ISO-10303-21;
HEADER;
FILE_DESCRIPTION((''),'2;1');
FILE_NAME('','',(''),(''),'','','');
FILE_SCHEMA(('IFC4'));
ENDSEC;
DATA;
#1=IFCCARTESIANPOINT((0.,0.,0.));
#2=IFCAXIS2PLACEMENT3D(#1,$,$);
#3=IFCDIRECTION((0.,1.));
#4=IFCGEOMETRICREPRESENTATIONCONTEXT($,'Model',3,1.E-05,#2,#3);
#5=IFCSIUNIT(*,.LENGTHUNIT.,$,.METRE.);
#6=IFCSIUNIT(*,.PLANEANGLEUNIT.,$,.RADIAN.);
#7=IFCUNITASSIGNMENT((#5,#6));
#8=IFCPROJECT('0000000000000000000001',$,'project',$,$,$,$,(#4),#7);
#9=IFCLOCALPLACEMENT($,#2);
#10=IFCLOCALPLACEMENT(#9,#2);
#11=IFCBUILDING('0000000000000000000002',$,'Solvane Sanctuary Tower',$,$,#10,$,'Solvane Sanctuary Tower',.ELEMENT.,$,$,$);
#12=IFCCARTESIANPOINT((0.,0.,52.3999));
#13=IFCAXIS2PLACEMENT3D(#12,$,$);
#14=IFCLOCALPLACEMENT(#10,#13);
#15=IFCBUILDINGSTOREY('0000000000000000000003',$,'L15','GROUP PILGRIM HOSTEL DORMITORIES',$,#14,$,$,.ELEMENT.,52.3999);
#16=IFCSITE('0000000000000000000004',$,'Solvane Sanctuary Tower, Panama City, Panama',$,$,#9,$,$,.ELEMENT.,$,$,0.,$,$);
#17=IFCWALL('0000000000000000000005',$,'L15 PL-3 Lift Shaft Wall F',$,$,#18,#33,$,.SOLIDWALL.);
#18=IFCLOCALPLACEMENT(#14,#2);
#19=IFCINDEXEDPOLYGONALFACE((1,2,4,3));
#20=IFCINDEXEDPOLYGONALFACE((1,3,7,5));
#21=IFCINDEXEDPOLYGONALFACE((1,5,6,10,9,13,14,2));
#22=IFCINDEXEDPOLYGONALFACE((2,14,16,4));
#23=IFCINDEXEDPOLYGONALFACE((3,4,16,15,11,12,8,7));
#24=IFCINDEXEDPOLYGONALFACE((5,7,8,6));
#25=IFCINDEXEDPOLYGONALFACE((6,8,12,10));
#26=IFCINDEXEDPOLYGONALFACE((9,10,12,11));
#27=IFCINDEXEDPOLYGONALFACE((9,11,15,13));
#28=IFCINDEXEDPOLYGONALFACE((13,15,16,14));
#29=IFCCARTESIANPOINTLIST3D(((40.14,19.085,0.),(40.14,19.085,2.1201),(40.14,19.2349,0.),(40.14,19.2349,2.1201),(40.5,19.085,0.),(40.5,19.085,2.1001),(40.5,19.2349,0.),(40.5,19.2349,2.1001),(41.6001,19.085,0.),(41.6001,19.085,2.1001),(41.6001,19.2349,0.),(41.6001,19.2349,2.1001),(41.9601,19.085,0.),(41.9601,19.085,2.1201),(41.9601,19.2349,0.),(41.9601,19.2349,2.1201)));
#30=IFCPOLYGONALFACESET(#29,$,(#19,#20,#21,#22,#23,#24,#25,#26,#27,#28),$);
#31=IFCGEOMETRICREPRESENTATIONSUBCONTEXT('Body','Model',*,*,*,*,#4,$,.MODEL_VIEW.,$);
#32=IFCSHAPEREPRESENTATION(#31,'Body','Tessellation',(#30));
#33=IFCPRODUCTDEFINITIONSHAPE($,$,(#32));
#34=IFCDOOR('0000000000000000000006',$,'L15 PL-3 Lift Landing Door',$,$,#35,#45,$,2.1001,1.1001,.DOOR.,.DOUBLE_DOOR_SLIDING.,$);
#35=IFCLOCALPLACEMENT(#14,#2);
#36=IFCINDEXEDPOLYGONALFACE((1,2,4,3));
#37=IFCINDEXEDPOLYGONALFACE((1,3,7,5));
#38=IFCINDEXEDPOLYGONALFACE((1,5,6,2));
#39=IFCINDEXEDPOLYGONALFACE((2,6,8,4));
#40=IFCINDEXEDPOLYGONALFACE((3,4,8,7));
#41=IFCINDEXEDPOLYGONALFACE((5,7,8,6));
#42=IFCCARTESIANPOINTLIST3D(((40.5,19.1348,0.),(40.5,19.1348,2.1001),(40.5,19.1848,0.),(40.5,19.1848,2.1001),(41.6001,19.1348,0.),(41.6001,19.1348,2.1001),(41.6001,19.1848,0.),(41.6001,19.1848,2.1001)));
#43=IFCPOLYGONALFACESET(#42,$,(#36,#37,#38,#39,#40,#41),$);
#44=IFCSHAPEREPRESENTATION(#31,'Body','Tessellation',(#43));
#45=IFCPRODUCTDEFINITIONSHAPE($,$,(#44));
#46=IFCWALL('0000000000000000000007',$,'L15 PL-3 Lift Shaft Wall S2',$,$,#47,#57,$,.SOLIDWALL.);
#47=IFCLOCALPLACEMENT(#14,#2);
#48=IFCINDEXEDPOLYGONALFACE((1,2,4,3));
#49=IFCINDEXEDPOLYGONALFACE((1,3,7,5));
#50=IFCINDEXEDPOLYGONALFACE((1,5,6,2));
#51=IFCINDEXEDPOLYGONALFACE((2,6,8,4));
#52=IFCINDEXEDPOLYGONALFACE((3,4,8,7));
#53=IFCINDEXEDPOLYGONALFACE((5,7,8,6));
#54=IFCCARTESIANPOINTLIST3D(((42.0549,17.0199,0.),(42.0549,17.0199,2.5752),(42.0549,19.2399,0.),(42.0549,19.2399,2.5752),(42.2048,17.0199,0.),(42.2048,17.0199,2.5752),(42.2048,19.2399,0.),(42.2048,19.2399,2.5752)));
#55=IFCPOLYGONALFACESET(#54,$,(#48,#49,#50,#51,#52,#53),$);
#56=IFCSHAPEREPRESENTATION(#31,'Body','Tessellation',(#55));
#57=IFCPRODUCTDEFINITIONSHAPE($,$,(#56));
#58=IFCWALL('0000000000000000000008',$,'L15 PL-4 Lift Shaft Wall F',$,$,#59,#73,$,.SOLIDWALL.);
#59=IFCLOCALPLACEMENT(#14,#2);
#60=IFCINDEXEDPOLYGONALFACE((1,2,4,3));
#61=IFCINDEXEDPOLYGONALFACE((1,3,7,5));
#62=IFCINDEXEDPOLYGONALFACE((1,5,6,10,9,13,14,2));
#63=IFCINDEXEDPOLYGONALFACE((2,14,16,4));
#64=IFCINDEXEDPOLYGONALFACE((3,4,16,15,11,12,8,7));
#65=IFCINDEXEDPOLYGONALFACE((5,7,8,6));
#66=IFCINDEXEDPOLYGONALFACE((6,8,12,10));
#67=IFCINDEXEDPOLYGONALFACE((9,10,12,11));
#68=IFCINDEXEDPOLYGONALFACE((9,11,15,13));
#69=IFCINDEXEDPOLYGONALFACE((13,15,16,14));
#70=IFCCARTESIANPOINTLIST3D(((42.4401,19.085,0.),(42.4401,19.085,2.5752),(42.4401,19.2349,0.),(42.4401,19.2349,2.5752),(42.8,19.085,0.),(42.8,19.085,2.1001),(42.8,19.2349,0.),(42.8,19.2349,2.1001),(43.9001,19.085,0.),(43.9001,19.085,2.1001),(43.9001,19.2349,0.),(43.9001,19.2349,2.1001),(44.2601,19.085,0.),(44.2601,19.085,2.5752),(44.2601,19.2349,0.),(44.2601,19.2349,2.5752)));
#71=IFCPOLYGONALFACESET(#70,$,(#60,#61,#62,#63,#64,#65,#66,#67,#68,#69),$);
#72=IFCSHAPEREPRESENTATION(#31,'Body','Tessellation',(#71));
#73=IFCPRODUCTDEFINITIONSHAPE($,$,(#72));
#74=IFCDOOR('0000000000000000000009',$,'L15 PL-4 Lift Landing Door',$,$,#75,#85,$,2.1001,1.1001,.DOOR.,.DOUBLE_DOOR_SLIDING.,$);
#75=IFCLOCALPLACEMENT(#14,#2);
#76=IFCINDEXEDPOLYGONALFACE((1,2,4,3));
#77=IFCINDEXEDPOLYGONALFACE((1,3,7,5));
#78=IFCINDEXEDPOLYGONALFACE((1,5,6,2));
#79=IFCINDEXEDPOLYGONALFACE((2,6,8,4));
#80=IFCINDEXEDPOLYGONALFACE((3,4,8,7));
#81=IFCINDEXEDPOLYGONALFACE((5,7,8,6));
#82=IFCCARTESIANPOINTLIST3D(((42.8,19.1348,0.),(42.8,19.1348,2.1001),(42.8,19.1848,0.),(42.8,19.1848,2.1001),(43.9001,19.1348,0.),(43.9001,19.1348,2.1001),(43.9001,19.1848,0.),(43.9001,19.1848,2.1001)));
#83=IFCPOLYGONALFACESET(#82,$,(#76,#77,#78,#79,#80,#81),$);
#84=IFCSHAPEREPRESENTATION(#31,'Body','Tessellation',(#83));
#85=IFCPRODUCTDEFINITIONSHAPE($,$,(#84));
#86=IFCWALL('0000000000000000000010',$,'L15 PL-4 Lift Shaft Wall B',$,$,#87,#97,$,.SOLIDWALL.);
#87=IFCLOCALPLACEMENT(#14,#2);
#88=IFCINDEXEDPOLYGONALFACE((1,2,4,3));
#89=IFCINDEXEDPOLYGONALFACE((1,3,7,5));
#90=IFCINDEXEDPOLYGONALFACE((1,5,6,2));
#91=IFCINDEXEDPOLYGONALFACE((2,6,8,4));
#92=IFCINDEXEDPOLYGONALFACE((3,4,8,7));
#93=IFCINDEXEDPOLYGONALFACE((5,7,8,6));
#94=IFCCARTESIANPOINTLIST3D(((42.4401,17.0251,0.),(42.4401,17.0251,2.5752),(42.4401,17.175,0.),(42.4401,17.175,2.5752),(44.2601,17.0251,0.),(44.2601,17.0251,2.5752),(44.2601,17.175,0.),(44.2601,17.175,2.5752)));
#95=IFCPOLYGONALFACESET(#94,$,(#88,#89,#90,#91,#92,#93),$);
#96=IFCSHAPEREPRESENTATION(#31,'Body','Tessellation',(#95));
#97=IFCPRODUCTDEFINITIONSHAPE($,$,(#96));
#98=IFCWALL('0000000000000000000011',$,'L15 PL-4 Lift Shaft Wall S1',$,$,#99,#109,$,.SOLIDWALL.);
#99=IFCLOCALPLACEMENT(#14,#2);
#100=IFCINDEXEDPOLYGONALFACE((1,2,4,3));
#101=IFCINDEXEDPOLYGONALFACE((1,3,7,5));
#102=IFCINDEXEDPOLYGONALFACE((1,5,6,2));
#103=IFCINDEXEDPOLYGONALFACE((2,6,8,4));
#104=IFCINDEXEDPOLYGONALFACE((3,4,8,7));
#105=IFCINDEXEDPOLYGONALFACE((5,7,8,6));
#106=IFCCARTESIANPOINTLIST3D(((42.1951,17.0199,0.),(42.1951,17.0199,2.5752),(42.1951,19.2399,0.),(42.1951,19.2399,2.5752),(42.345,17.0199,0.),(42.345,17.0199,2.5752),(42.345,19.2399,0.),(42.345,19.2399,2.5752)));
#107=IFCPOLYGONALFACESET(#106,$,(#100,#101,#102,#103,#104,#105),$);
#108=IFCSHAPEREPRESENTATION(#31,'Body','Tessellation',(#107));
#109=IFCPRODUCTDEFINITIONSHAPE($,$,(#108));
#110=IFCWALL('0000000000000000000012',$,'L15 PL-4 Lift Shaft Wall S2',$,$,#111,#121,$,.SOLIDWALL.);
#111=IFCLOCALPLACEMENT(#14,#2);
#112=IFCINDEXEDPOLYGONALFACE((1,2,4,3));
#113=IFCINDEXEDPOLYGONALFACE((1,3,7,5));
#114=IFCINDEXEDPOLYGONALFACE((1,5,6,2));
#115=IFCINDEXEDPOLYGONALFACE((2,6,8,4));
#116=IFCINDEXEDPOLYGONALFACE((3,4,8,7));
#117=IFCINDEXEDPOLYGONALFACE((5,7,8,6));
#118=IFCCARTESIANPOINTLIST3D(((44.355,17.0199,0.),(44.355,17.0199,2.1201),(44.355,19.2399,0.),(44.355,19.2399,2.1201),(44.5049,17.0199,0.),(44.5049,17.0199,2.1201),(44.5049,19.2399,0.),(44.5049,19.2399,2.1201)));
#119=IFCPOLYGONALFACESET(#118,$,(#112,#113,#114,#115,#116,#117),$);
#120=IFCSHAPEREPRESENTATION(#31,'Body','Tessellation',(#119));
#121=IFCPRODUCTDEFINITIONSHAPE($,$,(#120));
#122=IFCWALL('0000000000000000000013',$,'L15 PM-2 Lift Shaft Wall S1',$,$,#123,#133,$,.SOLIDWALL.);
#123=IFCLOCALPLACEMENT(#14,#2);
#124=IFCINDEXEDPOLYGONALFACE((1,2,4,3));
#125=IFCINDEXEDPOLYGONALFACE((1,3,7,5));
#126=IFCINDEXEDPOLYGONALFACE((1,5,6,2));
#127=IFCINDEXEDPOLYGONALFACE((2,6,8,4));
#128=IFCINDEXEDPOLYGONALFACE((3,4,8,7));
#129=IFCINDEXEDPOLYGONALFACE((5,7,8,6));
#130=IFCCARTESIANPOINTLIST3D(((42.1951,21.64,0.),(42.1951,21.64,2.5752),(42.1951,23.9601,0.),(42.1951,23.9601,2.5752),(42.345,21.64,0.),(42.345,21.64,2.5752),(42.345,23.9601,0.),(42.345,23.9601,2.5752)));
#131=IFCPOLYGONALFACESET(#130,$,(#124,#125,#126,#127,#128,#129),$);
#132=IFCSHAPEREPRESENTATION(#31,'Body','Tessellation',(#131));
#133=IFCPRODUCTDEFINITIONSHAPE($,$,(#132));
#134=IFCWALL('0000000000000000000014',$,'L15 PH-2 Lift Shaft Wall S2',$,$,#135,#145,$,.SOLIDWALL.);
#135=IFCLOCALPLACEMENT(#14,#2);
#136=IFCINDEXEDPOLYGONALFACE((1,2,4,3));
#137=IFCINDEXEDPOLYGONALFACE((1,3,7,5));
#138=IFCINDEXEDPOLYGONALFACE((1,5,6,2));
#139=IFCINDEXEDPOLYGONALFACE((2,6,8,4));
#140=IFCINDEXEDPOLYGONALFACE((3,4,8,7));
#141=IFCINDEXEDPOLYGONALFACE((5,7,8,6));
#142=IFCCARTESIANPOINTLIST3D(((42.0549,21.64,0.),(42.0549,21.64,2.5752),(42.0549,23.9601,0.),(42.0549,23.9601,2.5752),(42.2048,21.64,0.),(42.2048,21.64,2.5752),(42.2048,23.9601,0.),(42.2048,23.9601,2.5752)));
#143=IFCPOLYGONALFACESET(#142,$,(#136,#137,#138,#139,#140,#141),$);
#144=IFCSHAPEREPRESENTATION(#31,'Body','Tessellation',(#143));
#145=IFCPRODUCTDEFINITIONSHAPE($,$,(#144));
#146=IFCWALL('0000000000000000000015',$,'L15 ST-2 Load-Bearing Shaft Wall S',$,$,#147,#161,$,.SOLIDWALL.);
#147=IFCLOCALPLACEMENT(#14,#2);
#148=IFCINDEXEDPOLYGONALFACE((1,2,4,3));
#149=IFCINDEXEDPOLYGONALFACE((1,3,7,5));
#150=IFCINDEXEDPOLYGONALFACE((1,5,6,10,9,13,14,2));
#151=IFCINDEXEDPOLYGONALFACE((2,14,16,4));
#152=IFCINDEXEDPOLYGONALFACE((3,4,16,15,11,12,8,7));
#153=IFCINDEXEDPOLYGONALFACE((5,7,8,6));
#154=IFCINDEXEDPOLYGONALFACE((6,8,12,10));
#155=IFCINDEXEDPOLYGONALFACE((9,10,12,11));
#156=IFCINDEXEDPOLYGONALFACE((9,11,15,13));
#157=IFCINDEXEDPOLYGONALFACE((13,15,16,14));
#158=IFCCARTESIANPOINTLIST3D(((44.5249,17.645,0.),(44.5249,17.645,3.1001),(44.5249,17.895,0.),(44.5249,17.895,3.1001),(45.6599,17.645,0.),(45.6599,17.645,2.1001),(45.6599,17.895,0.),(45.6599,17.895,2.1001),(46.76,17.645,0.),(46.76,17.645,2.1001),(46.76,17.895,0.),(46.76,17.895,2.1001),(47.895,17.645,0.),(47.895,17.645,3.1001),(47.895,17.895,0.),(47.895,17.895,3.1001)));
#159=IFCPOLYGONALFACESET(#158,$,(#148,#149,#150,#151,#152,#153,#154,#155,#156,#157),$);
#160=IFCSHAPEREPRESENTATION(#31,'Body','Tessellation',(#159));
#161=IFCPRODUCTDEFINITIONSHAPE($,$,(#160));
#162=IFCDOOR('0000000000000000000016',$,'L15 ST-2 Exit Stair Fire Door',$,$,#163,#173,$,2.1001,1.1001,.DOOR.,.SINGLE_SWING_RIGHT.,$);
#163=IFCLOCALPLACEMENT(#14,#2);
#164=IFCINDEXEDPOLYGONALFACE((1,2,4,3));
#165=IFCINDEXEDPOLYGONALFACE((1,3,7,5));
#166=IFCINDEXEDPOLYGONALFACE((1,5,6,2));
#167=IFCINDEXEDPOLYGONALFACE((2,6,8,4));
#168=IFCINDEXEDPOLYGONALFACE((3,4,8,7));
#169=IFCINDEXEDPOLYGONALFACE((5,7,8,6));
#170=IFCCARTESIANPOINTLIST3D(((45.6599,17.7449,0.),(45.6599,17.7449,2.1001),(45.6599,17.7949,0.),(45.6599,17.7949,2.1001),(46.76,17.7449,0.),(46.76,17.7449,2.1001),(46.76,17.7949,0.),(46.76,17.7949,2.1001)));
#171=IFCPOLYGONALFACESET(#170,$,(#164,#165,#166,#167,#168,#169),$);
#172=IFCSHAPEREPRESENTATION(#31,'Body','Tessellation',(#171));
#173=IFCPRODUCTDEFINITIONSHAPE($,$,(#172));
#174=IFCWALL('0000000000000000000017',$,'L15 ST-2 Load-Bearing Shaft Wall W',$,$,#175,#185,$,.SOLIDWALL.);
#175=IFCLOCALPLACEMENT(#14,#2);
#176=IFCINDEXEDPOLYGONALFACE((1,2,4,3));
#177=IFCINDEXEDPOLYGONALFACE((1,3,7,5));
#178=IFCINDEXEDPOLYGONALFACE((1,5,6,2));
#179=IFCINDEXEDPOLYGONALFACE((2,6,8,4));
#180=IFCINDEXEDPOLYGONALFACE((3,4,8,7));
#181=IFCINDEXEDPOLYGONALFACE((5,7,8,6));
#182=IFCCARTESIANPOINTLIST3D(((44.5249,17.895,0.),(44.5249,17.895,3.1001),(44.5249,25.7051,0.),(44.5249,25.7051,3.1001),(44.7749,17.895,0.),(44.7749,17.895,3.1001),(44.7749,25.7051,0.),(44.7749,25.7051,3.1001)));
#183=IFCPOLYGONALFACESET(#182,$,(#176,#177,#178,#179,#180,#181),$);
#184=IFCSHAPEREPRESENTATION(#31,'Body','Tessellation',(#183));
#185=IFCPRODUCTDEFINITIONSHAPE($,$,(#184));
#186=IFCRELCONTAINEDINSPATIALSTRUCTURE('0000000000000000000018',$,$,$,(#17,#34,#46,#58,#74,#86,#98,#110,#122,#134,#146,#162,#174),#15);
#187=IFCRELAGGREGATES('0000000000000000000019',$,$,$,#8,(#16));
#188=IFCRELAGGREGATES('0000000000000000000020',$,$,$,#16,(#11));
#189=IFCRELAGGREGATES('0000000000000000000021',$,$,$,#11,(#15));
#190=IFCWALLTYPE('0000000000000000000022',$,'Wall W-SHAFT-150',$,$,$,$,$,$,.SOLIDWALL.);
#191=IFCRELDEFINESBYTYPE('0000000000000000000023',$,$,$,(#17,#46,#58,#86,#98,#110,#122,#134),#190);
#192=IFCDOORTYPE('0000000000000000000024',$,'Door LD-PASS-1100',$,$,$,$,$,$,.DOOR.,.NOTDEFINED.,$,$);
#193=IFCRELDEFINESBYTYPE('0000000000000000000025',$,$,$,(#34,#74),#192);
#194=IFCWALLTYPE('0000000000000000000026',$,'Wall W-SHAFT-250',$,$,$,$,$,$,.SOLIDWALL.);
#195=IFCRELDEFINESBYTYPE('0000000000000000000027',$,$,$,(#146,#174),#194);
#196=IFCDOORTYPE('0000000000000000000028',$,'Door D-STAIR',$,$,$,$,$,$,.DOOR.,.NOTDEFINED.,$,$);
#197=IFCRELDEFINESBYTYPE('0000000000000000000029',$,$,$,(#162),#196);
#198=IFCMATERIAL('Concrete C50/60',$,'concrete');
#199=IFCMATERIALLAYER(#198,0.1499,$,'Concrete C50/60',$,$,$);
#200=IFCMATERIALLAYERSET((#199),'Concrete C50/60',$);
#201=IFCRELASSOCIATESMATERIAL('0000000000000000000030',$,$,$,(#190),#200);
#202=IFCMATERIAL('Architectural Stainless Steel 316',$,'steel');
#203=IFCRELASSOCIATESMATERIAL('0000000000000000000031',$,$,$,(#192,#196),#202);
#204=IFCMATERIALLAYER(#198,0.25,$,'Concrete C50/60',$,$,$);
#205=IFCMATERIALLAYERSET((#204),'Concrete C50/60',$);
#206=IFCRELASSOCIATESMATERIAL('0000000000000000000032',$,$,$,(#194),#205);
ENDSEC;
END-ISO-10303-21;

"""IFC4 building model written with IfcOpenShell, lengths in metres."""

from ifc_helpers import new_model, si_unit, direction, frame, frame_2d, origin, place, context, subcontext, project, spatial, rectangle, extrude, material, layer, layer_set, type_object, element, fill, save


model = new_model("IFC4")

# Units and contexts
model_context = context("Model", 3, precision=1e-05, world=origin(), true_north=direction((0.0, 1.0)))
body_context = subcontext(model_context, "Body", "Model", "MODEL_VIEW")
ifc_project = project(units=[si_unit("LENGTHUNIT", "METRE"), si_unit("PLANEANGLEUNIT", "RADIAN")], contexts=[model_context])

# Site, building, storey
site_placement = place(None, origin())
site = spatial("IfcSite", under=ifc_project, at=site_placement, Name="Solvane Sanctuary Tower, Panama City, Panama", CompositionType="ELEMENT", RefElevation=0.0)
building_placement = place(site_placement, origin())
building = spatial("IfcBuilding", under=site, at=building_placement, Name="Solvane Sanctuary Tower", LongName="Solvane Sanctuary Tower", CompositionType="ELEMENT")
storey_placement = place(building_placement, frame((0.0, 0.0, 52.3999)))
storey = spatial("IfcBuildingStorey", under=building, at=storey_placement, Name="L15", Description="GROUP PILGRIM HOSTEL DORMITORIES", CompositionType="ELEMENT", Elevation=52.3999)

# Wall, opening, door
ifc_material_1 = material(Name="Concrete C50/60", Category="concrete")
ifc_layer_1 = layer(ifc_material_1, 0.1499, Name="Concrete C50/60")
ifc_layer_set_1 = layer_set([ifc_layer_1], Name="Concrete C50/60")
wall_type_1 = type_object("IfcWallType", Name="Wall W-SHAFT-150", PredefinedType="SOLIDWALL", material=ifc_layer_set_1)
wall_1_placement = place(storey_placement, frame((40.1399, 19.1599, 0.0), z_axis=(0.0, 0.0, 1.0), x_axis=(1.0, 0.0, 0.0)))
wall_1 = element("IfcWall", 1, at=wall_1_placement, inside=storey, type_object=wall_type_1, Name="L15 PL-3 Lift Shaft Wall F", PredefinedType="SOLIDWALL", context=body_context, shape_type="SweptSolid", body=[
    extrude(rectangle(XDim=1.8201, YDim=0.1499, at=frame_2d((0.9102, 0.0))), origin(), (0.0, 0.0, 1.0), 2.1201),
])
opening_1_placement = place(wall_1_placement, frame((0.3601, 0.0, 0.0)))
opening_1 = element("IfcOpeningElement", 2, at=opening_1_placement, cuts=wall_1, PredefinedType="OPENING", context=body_context, shape_type="SweptSolid", body=[
    extrude(rectangle(XDim=1.1001, YDim=2.1001, at=frame_2d((0.55, 1.05))), frame((0.0, 0.085, 0.0), z_axis=(0.0, -1.0, 0.0), x_axis=(1.0, 0.0, 0.0)), (0.0, 0.0, 1.0), 0.1699),
])
ifc_material_2 = material(Name="Architectural Stainless Steel 316", Category="steel")
door_type_1 = type_object("IfcDoorType", Name="Door LD-PASS-1100", OperationType="NOTDEFINED", PredefinedType="DOOR", material=ifc_material_2)
door_1_placement = place(opening_1_placement, origin())
door_1 = element("IfcDoor", 3, at=door_1_placement, inside=storey, type_object=door_type_1, Name="L15 PL-3 Lift Landing Door", OperationType="DOUBLE_DOOR_SLIDING", OverallHeight=2.1001, OverallWidth=1.1001, PredefinedType="DOOR", context=body_context, shape_type="SweptSolid", body=[
    extrude(rectangle(XDim=1.1001, YDim=2.1001, at=frame_2d((0.55, 1.05))), frame((0.0, 0.0249, 0.0), z_axis=(0.0, -1.0, 0.0), x_axis=(1.0, 0.0, 0.0)), (0.0, 0.0, 1.0), 0.05),
])
fill(opening_1, door_1)

# Wall
wall_2_placement = place(storey_placement, frame((42.1299, 17.02, 0.0), z_axis=(0.0, 0.0, 1.0), x_axis=(0.0, 1.0, 0.0)))
element("IfcWall", 4, at=wall_2_placement, inside=storey, type_object=wall_type_1, Name="L15 PL-3 Lift Shaft Wall S2", PredefinedType="SOLIDWALL", context=body_context, shape_type="SweptSolid", body=[
    extrude(rectangle(XDim=2.22, YDim=0.1499, at=frame_2d((1.1099, 0.0))), origin(), (0.0, 0.0, 1.0), 2.5752),
])

# Wall, opening, door
wall_3_placement = place(storey_placement, frame((42.4399, 19.1599, 0.0), z_axis=(0.0, 0.0, 1.0), x_axis=(1.0, 0.0, 0.0)))
wall_3 = element("IfcWall", 5, at=wall_3_placement, inside=storey, type_object=wall_type_1, Name="L15 PL-4 Lift Shaft Wall F", PredefinedType="SOLIDWALL", context=body_context, shape_type="SweptSolid", body=[
    extrude(rectangle(XDim=1.8201, YDim=0.1499, at=frame_2d((0.9102, 0.0))), origin(), (0.0, 0.0, 1.0), 2.5752),
])
opening_2_placement = place(wall_3_placement, frame((0.3601, 0.0, 0.0)))
opening_2 = element("IfcOpeningElement", 6, at=opening_2_placement, cuts=wall_3, PredefinedType="OPENING", context=body_context, shape_type="SweptSolid", body=[
    extrude(rectangle(XDim=1.1001, YDim=2.1001, at=frame_2d((0.55, 1.05))), frame((0.0, 0.085, 0.0), z_axis=(0.0, -1.0, 0.0), x_axis=(1.0, 0.0, 0.0)), (0.0, 0.0, 1.0), 0.1699),
])
door_2_placement = place(opening_2_placement, origin())
door_2 = element("IfcDoor", 7, at=door_2_placement, inside=storey, type_object=door_type_1, Name="L15 PL-4 Lift Landing Door", OperationType="DOUBLE_DOOR_SLIDING", OverallHeight=2.1001, OverallWidth=1.1001, PredefinedType="DOOR", context=body_context, shape_type="SweptSolid", body=[
    extrude(rectangle(XDim=1.1001, YDim=2.1001, at=frame_2d((0.55, 1.05))), frame((0.0, 0.0249, 0.0), z_axis=(0.0, -1.0, 0.0), x_axis=(1.0, 0.0, 0.0)), (0.0, 0.0, 1.0), 0.05),
])
fill(opening_2, door_2)

# Walls
wall_4_placement = place(storey_placement, frame((42.4399, 17.1001, 0.0), z_axis=(0.0, 0.0, 1.0), x_axis=(1.0, 0.0, 0.0)))
element("IfcWall", 8, at=wall_4_placement, inside=storey, type_object=wall_type_1, Name="L15 PL-4 Lift Shaft Wall B", PredefinedType="SOLIDWALL", context=body_context, shape_type="SweptSolid", body=[
    extrude(rectangle(XDim=1.8201, YDim=0.1499, at=frame_2d((0.9102, 0.0))), origin(), (0.0, 0.0, 1.0), 2.5752),
])
wall_5_placement = place(storey_placement, frame((42.27, 17.02, 0.0), z_axis=(0.0, 0.0, 1.0), x_axis=(0.0, 1.0, 0.0)))
element("IfcWall", 9, at=wall_5_placement, inside=storey, type_object=wall_type_1, Name="L15 PL-4 Lift Shaft Wall S1", PredefinedType="SOLIDWALL", context=body_context, shape_type="SweptSolid", body=[
    extrude(rectangle(XDim=2.22, YDim=0.1499, at=frame_2d((1.1099, 0.0))), origin(), (0.0, 0.0, 1.0), 2.5752),
])
wall_6_placement = place(storey_placement, frame((44.4299, 17.02, 0.0), z_axis=(0.0, 0.0, 1.0), x_axis=(0.0, 1.0, 0.0)))
element("IfcWall", 10, at=wall_6_placement, inside=storey, type_object=wall_type_1, Name="L15 PL-4 Lift Shaft Wall S2", PredefinedType="SOLIDWALL", context=body_context, shape_type="SweptSolid", body=[
    extrude(rectangle(XDim=2.22, YDim=0.1499, at=frame_2d((1.1099, 0.0))), origin(), (0.0, 0.0, 1.0), 2.1201),
])
for number, where, z_axis, x_axis, name in (
    (11, (42.27, 21.6399, 0.0), (0.0, 0.0, 1.0), (0.0, 1.0, 0.0), "L15 PM-2 Lift Shaft Wall S1"),
    (12, (42.1299, 21.6399, 0.0), (0.0, 0.0, 1.0), (0.0, 1.0, 0.0), "L15 PH-2 Lift Shaft Wall S2"),
):
    element("IfcWall", number, at=place(storey_placement, frame(where, z_axis=z_axis, x_axis=x_axis)), inside=storey, type_object=wall_type_1, Name=name, PredefinedType="SOLIDWALL", context=body_context, shape_type="SweptSolid", body=[
        extrude(rectangle(XDim=2.3201, YDim=0.1499, at=frame_2d((1.1602, 0.0))), origin(), (0.0, 0.0, 1.0), 2.5752),
    ])

# Wall, opening, door
ifc_layer_2 = layer(ifc_material_1, 0.25, Name="Concrete C50/60")
ifc_layer_set_2 = layer_set([ifc_layer_2], Name="Concrete C50/60")
wall_type_2 = type_object("IfcWallType", Name="Wall W-SHAFT-250", PredefinedType="SOLIDWALL", material=ifc_layer_set_2)
wall_7_placement = place(storey_placement, frame((44.5249, 17.77, 0.0), z_axis=(0.0, 0.0, 1.0), x_axis=(1.0, 0.0, 0.0)))
wall_7 = element("IfcWall", 13, at=wall_7_placement, inside=storey, type_object=wall_type_2, Name="L15 ST-2 Load-Bearing Shaft Wall S", PredefinedType="SOLIDWALL", context=body_context, shape_type="SweptSolid", body=[
    extrude(rectangle(XDim=3.3701, YDim=0.25, at=frame_2d((1.6851, 0.0))), origin(), (0.0, 0.0, 1.0), 3.1001),
])
opening_3_placement = place(wall_7_placement, frame((1.135, 0.0, 0.0)))
opening_3 = element("IfcOpeningElement", 14, at=opening_3_placement, cuts=wall_7, PredefinedType="OPENING", context=body_context, shape_type="SweptSolid", body=[
    extrude(rectangle(XDim=1.1001, YDim=2.1001, at=frame_2d((0.55, 1.05))), frame((0.0, 0.135, 0.0), z_axis=(0.0, -1.0, 0.0), x_axis=(1.0, 0.0, 0.0)), (0.0, 0.0, 1.0), 0.27),
])
door_type_2 = type_object("IfcDoorType", Name="Door D-STAIR", OperationType="NOTDEFINED", PredefinedType="DOOR", material=ifc_material_2)
door_3_placement = place(opening_3_placement, origin())
door_3 = element("IfcDoor", 15, at=door_3_placement, inside=storey, type_object=door_type_2, Name="L15 ST-2 Exit Stair Fire Door", OperationType="SINGLE_SWING_RIGHT", OverallHeight=2.1001, OverallWidth=1.1001, PredefinedType="DOOR", context=body_context, shape_type="SweptSolid", body=[
    extrude(rectangle(XDim=1.1001, YDim=2.1001, at=frame_2d((0.55, 1.05))), frame((0.0, 0.0249, 0.0), z_axis=(0.0, -1.0, 0.0), x_axis=(1.0, 0.0, 0.0)), (0.0, 0.0, 1.0), 0.05),
])
fill(opening_3, door_3)

# Wall
for number, where, z_axis, x_axis, name in (
    (16, (44.6499, 17.895, 0.0), (0.0, 0.0, 1.0), (0.0, 1.0, 0.0), "L15 ST-2 Load-Bearing Shaft Wall W"),
):
    element("IfcWall", number, at=place(storey_placement, frame(where, z_axis=z_axis, x_axis=x_axis)), inside=storey, type_object=wall_type_2, Name=name, PredefinedType="SOLIDWALL", context=body_context, shape_type="SweptSolid", body=[
        extrude(rectangle(XDim=7.8101, YDim=0.25, at=frame_2d((3.905, 0.0))), origin(), (0.0, 0.0, 1.0), 3.1001),
    ])

save(model, "model.ifc")
